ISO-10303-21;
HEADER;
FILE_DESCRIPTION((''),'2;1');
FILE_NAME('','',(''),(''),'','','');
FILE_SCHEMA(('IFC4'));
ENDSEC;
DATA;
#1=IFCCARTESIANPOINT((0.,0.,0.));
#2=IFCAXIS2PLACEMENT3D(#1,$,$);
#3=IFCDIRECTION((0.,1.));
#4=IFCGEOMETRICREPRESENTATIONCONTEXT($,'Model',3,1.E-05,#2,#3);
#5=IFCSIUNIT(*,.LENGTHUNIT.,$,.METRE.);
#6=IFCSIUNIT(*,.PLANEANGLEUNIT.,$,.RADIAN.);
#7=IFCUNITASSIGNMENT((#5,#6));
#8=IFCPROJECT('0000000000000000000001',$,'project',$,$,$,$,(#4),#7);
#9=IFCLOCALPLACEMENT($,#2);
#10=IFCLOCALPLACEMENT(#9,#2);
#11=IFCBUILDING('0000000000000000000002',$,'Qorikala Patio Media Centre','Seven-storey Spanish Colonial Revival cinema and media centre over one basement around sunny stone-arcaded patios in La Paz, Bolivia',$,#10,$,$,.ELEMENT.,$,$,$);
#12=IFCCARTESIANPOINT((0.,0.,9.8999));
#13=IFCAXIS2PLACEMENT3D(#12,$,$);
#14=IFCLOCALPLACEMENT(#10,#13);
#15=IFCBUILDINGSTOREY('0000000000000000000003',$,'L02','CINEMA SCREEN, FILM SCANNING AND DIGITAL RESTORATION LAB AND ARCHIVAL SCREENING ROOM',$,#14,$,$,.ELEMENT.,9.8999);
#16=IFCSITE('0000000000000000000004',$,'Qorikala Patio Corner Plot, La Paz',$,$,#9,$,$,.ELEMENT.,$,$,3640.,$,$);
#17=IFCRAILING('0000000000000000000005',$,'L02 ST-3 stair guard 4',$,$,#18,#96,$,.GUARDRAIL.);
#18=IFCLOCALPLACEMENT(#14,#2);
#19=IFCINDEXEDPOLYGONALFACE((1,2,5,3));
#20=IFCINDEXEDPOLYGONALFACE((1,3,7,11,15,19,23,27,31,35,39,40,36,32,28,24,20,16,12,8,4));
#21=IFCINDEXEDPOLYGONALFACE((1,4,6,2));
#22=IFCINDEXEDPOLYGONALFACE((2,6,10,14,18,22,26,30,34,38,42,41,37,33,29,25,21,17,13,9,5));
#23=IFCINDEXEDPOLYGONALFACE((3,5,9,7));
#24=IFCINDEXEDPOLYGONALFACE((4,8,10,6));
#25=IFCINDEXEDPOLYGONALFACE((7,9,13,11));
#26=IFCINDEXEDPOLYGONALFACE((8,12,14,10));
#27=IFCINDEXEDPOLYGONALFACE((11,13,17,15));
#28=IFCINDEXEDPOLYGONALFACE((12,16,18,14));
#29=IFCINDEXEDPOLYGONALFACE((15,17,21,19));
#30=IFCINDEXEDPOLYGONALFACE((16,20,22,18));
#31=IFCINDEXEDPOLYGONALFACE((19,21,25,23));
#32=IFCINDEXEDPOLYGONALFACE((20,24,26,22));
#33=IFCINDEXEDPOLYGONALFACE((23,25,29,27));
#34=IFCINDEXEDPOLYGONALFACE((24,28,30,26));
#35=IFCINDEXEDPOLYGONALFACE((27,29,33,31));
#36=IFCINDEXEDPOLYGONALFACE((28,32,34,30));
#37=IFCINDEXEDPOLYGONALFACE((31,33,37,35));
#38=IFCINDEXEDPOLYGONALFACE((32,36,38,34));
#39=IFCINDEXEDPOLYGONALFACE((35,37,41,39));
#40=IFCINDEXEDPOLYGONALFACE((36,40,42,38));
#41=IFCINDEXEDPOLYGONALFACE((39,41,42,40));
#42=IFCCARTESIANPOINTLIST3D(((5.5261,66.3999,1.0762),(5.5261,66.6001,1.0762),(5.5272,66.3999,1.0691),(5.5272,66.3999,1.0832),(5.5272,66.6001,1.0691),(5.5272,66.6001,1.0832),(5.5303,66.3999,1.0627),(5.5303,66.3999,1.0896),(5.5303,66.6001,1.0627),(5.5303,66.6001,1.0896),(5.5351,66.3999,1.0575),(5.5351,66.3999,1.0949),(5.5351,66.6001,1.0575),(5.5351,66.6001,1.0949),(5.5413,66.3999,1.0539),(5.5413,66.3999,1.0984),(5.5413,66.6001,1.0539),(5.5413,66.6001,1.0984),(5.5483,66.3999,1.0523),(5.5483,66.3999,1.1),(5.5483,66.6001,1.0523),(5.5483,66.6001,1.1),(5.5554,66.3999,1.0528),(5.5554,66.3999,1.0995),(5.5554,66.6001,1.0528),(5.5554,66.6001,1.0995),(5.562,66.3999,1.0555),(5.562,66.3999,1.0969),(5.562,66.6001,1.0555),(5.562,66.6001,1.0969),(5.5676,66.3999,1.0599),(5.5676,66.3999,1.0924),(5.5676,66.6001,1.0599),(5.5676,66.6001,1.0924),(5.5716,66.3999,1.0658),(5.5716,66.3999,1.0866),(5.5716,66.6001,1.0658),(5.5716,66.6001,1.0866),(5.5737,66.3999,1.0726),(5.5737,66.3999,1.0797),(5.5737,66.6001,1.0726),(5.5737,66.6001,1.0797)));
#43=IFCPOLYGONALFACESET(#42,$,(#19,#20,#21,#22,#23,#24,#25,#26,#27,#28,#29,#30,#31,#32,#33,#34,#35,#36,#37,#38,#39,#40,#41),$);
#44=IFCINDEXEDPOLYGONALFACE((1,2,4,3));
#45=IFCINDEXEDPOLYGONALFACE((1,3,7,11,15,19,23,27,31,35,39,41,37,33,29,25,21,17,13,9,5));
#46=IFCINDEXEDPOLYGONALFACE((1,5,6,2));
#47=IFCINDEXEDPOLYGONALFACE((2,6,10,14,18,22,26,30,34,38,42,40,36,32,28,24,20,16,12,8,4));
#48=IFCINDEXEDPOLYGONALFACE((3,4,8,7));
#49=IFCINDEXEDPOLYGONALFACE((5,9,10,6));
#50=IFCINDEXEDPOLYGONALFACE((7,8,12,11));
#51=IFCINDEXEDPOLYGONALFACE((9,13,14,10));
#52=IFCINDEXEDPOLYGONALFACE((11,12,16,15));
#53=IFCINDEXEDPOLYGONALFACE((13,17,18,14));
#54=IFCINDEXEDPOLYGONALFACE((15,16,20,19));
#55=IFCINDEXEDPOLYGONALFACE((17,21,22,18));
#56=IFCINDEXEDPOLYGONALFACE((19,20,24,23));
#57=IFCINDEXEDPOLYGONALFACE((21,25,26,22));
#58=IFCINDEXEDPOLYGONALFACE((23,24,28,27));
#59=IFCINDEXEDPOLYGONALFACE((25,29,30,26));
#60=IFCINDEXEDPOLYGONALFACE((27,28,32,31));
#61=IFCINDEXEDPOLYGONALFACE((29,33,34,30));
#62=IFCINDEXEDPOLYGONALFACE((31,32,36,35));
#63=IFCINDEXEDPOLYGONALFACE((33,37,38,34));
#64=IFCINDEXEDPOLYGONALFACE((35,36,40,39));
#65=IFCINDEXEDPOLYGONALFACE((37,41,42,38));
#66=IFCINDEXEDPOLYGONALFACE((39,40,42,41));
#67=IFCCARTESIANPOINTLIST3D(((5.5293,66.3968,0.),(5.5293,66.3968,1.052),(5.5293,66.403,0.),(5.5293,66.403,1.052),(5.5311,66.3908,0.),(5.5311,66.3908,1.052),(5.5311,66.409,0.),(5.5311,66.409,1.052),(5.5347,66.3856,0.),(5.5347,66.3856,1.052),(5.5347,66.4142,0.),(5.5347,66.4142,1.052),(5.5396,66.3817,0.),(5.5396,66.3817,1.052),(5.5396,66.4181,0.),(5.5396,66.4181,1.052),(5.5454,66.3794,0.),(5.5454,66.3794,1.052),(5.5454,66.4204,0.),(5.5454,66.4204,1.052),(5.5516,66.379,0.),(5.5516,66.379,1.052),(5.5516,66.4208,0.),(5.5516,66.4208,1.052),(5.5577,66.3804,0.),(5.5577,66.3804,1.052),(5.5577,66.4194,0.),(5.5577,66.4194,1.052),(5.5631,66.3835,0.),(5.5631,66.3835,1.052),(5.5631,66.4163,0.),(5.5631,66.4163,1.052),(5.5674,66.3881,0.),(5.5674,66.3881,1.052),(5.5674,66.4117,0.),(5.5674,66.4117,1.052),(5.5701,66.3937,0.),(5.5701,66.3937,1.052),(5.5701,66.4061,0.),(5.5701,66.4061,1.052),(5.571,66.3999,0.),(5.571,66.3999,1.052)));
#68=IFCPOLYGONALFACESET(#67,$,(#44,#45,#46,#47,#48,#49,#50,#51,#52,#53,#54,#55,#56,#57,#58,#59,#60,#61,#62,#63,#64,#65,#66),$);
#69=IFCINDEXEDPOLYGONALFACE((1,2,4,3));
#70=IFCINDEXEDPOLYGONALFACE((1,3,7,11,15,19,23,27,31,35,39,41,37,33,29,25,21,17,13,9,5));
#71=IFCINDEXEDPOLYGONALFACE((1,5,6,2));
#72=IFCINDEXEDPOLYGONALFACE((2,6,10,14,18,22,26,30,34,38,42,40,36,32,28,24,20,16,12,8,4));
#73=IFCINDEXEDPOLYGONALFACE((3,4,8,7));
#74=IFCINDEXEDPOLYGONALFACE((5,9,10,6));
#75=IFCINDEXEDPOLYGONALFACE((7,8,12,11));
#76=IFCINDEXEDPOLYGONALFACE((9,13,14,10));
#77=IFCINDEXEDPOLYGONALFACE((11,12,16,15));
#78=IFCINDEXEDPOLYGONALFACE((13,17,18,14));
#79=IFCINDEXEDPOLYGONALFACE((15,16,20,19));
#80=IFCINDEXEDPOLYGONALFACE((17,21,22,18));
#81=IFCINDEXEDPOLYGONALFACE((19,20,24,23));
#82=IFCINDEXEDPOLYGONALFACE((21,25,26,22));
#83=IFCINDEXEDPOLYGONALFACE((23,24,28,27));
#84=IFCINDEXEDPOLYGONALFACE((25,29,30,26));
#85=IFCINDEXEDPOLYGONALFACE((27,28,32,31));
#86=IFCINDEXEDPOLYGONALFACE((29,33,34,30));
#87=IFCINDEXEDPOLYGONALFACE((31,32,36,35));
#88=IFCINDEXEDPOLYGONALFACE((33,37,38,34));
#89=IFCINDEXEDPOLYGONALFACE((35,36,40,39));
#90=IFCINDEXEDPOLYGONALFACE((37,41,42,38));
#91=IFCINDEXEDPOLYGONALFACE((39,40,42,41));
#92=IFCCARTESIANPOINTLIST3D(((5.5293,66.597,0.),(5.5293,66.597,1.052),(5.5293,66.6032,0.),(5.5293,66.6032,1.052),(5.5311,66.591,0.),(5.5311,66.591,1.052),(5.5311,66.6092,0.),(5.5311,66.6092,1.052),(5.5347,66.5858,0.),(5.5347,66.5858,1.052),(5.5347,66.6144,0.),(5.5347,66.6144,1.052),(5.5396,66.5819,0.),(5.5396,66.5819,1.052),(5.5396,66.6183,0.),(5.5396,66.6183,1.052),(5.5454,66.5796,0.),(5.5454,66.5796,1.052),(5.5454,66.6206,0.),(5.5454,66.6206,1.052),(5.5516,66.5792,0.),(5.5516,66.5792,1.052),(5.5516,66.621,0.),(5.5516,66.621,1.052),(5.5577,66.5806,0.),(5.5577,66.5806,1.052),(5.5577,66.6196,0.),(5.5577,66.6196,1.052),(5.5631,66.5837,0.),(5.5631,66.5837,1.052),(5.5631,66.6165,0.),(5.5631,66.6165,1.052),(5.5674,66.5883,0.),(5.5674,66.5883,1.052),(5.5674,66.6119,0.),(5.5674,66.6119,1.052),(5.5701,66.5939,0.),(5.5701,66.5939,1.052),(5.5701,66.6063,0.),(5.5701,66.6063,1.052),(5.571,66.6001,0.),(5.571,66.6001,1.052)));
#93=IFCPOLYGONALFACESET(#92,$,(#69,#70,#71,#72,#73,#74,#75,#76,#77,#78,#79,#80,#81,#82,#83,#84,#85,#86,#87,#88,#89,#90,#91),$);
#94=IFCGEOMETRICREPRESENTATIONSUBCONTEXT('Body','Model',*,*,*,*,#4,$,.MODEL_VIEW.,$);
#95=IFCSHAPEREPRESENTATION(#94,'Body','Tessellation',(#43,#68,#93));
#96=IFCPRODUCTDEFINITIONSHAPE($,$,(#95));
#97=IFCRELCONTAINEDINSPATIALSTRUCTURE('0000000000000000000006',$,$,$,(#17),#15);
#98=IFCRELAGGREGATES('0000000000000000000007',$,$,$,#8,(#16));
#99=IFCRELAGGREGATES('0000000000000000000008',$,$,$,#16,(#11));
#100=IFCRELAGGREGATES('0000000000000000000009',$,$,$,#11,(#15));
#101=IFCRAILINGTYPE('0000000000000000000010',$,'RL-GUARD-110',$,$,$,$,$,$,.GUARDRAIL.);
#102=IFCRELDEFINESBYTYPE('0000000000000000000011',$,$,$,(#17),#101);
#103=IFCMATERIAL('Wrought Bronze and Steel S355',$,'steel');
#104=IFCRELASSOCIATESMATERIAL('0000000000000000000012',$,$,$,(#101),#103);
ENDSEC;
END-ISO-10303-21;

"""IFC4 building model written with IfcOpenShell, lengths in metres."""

from ifc_helpers import new_model, si_unit, direction, frame, origin, origin_2d, place, context, subcontext, project, spatial, circle, extrude, material, type_object, element, save


model = new_model("IFC4")

# Units and contexts
model_context = context("Model", 3, precision=1e-05, world=origin(), true_north=direction((0.0, 1.0)))
body_context = subcontext(model_context, "Body", "Model", "MODEL_VIEW")
ifc_project = project(units=[si_unit("LENGTHUNIT", "METRE"), si_unit("PLANEANGLEUNIT", "RADIAN")], contexts=[model_context])

# Site, building, storey
site_placement = place(None, origin())
site = spatial("IfcSite", under=ifc_project, at=site_placement, Name="Qorikala Patio Corner Plot, La Paz", CompositionType="ELEMENT", RefElevation=3640.0)
building_placement = place(site_placement, origin())
building = spatial("IfcBuilding", under=site, at=building_placement, Name="Qorikala Patio Media Centre", Description="Seven-storey Spanish Colonial Revival cinema and media centre over one basement around sunny stone-arcaded patios in La Paz, Bolivia", CompositionType="ELEMENT")
storey_placement = place(building_placement, frame((0.0, 0.0, 9.8999)))
storey = spatial("IfcBuildingStorey", under=building, at=storey_placement, Name="L02", Description="CINEMA SCREEN, FILM SCANNING AND DIGITAL RESTORATION LAB AND ARCHIVAL SCREENING ROOM", CompositionType="ELEMENT", Elevation=9.8999)

# Railing
ifc_material_1 = material(Name="Wrought Bronze and Steel S355", Category="steel")
railing_type_1 = type_object("IfcRailingType", Name="RL-GUARD-110", PredefinedType="GUARDRAIL", material=ifc_material_1)
railing_1_placement = place(storey_placement, frame((5.55, 66.3999, 0.0)))
element("IfcRailing", 1, at=railing_1_placement, inside=storey, type_object=railing_type_1, Name="L02 ST-3 stair guard 4", PredefinedType="GUARDRAIL", context=body_context, shape_type="SweptSolid", body=[
    extrude(circle(Radius=0.0239, at=origin_2d()), frame((0.0, 0.0, 1.0762), z_axis=(0.0, 1.0, 0.0), x_axis=(-1.0, 0.0, 0.0)), (0.0, 0.0, 1.0), 0.2002),
    extrude(circle(Radius=0.021, at=origin_2d()), origin(), (0.0, 0.0, 1.0), 1.052),
    extrude(circle(Radius=0.021, at=origin_2d()), frame((0.0, 0.2002, 0.0)), (0.0, 0.0, 1.0), 1.052),
])

save(model, "model.ifc")
